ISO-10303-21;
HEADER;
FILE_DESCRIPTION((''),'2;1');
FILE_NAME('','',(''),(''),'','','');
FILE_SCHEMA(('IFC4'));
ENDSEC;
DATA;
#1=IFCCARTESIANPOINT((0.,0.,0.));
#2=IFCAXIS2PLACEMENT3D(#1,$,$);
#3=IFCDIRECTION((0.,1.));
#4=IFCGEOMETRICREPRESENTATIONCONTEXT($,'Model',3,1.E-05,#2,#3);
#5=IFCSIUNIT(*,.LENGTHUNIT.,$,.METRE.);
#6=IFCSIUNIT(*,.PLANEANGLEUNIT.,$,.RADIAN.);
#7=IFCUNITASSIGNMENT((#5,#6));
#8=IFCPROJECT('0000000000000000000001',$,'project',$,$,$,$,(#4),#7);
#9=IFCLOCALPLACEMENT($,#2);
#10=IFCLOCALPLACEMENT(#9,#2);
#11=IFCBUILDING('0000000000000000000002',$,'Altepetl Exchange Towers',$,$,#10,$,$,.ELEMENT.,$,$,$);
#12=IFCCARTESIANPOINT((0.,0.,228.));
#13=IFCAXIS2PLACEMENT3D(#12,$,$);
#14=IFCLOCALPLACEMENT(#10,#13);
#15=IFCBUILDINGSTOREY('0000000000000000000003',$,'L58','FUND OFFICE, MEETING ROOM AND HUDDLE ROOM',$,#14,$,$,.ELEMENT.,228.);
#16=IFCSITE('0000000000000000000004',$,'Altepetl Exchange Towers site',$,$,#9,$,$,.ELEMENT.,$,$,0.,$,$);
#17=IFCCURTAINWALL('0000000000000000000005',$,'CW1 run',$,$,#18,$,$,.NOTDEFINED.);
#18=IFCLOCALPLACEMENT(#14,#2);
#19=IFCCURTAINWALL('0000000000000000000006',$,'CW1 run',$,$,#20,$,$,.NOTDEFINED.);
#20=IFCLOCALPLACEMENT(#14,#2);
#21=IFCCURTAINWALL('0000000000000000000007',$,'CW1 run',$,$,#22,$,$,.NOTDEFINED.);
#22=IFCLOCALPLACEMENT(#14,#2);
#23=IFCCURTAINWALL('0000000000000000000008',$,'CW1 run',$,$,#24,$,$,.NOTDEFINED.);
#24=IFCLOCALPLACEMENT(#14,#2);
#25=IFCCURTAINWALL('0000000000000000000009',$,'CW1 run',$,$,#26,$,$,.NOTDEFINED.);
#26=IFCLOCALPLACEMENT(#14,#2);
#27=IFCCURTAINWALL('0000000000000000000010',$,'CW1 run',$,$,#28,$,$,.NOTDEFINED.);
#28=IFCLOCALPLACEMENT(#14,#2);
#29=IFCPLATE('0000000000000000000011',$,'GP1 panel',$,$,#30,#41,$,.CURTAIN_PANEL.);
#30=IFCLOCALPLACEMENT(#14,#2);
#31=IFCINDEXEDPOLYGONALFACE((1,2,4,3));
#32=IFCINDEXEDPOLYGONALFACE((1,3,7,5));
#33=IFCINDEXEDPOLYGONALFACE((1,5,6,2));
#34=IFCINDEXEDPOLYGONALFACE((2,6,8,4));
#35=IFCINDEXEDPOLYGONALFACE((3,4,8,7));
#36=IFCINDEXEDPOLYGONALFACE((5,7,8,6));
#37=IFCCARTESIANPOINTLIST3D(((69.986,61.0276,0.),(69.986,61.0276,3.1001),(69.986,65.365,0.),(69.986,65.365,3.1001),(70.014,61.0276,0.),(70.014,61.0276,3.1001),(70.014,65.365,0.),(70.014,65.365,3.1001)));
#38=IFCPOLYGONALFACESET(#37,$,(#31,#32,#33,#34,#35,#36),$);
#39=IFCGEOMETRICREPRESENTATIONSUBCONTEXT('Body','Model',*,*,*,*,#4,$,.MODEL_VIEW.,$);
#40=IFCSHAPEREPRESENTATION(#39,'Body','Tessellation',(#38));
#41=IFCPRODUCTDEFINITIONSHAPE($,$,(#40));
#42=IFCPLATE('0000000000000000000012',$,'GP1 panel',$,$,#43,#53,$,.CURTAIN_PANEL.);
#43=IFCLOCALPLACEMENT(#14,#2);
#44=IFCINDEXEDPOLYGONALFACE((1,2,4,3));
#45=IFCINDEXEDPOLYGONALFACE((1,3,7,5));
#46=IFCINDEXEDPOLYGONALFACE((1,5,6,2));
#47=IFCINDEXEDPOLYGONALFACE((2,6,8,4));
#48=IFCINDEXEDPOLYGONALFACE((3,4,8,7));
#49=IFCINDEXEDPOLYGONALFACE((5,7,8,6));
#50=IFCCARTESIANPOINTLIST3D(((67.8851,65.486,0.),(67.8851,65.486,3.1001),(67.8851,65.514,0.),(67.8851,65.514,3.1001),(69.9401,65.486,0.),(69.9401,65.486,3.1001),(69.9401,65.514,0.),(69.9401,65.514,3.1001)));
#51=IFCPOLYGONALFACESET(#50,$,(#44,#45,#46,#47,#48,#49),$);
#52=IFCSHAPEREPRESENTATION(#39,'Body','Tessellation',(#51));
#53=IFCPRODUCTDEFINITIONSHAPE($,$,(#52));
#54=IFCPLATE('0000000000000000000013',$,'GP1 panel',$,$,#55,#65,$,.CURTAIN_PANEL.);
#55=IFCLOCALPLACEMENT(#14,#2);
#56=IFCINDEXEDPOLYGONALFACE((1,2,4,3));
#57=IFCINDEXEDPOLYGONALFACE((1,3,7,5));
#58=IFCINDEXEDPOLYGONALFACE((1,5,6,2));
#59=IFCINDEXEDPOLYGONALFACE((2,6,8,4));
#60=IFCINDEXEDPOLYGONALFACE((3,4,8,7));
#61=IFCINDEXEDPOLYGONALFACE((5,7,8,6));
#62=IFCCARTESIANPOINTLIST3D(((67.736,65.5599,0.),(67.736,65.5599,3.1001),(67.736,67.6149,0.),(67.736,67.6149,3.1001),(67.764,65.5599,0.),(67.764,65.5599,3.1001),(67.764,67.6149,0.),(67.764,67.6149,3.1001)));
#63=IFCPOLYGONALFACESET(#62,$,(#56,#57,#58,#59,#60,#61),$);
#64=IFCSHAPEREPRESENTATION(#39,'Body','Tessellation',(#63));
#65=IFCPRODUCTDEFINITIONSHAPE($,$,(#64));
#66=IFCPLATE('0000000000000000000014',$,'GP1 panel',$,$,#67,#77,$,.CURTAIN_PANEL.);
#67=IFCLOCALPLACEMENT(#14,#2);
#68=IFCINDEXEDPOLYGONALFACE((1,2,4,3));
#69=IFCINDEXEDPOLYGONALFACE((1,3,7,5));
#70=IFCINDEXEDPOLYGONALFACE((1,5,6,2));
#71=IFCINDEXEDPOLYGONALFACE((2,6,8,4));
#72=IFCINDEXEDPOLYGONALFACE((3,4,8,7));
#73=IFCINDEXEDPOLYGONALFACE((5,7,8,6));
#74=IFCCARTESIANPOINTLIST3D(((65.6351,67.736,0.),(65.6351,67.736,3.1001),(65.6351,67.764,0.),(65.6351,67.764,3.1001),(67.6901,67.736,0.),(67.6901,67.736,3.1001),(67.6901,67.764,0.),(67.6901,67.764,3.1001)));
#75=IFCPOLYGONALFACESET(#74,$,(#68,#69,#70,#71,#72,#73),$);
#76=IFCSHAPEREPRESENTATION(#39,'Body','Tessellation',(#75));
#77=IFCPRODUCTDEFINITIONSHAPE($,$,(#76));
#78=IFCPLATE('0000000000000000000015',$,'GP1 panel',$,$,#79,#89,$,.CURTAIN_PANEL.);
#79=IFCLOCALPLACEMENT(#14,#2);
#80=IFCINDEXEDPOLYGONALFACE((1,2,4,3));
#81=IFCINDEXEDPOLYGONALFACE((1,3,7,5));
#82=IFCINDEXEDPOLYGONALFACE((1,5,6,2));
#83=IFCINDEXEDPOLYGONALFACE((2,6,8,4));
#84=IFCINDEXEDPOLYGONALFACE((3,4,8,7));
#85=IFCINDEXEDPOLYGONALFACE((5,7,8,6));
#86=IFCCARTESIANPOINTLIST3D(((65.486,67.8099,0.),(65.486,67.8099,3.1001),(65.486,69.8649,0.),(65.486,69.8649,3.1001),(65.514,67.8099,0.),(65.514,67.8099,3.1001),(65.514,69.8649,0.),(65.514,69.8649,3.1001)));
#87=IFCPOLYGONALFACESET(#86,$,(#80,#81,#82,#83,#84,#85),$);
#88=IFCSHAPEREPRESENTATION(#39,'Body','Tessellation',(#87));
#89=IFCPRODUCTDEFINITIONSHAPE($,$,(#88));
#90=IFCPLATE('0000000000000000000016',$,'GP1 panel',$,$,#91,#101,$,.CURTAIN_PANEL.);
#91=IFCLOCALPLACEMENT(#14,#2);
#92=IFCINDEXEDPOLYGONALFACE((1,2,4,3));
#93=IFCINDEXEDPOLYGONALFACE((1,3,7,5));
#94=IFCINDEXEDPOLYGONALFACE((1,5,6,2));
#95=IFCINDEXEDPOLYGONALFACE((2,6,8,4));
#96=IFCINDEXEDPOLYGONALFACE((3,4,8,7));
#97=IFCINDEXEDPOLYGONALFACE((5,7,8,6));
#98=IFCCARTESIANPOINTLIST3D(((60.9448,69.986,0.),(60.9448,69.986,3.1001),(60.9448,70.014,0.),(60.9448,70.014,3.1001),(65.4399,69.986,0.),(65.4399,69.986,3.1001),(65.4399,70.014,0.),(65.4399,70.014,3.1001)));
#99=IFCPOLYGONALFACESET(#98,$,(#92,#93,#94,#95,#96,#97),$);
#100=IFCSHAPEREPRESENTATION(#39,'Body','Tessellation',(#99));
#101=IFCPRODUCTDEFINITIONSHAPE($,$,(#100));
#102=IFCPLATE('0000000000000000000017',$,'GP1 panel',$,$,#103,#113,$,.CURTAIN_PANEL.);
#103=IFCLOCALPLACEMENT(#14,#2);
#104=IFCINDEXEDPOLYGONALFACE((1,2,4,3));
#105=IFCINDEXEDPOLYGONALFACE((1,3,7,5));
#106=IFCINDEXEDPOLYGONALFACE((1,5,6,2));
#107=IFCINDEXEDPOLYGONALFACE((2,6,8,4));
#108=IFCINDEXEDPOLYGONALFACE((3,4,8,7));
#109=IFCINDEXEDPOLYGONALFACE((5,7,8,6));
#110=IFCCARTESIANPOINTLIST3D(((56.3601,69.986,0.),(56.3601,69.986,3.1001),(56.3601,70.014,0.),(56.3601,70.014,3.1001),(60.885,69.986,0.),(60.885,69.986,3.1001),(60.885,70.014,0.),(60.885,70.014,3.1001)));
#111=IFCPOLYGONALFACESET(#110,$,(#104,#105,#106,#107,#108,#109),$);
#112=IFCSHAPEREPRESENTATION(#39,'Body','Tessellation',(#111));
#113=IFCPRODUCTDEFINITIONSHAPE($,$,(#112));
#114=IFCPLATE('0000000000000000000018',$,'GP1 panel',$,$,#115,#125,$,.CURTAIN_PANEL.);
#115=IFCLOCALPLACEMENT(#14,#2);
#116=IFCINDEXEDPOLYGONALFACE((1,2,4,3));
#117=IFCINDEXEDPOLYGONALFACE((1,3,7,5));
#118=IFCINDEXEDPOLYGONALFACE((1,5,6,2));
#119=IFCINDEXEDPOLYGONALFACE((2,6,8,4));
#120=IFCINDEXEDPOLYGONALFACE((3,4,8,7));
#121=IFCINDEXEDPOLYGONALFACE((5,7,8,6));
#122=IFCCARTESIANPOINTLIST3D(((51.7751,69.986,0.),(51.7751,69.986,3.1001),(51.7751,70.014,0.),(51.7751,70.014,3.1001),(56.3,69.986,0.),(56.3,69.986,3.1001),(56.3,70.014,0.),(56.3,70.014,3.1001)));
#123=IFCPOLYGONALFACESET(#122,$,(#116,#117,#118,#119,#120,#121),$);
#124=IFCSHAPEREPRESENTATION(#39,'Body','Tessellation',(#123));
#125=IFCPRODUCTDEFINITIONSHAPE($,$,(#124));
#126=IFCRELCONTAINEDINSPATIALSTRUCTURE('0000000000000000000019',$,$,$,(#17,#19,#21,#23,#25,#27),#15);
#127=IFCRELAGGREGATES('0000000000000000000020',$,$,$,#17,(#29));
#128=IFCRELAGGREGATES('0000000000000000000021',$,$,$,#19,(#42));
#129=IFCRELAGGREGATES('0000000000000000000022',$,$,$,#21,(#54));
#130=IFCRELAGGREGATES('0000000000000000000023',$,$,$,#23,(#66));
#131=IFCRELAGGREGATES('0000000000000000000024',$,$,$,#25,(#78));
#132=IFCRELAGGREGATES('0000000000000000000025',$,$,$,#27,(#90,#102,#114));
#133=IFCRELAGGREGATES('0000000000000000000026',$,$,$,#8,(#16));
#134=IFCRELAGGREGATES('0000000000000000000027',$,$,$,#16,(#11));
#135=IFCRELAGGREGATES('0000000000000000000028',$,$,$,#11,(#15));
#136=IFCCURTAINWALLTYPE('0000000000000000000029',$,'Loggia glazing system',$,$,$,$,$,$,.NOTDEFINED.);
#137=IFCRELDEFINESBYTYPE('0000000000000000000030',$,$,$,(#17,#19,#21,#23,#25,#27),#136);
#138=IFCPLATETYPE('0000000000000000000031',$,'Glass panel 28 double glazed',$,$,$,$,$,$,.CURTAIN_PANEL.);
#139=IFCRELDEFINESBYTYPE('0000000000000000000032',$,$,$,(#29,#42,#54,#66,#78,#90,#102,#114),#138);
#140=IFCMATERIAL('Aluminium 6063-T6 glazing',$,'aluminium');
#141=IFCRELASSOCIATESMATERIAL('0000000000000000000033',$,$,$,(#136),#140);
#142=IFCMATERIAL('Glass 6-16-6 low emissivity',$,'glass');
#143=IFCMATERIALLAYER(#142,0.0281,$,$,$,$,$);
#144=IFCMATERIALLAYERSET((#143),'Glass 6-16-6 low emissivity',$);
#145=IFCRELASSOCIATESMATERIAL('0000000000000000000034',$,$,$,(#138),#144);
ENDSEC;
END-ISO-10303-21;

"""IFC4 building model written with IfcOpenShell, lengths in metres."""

from ifc_helpers import new_model, si_unit, direction, frame, origin, origin_2d, place, context, subcontext, project, spatial, rectangle, extrude, material, layer, layer_set, type_object, element, aggregate, save


model = new_model("IFC4")

# Units and contexts
model_context = context("Model", 3, precision=1e-05, world=origin(), true_north=direction((0.0, 1.0)))
body_context = subcontext(model_context, "Body", "Model", "MODEL_VIEW")
ifc_project = project(units=[si_unit("LENGTHUNIT", "METRE"), si_unit("PLANEANGLEUNIT", "RADIAN")], contexts=[model_context])

# Site, building, storey
site_placement = place(None, origin())
site = spatial("IfcSite", under=ifc_project, at=site_placement, Name="Altepetl Exchange Towers site", CompositionType="ELEMENT", RefElevation=0.0)
building_placement = place(site_placement, origin())
building = spatial("IfcBuilding", under=site, at=building_placement, Name="Altepetl Exchange Towers", CompositionType="ELEMENT")
storey_placement = place(building_placement, frame((0.0, 0.0, 228.0)))
storey = spatial("IfcBuildingStorey", under=building, at=storey_placement, Name="L58", Description="FUND OFFICE, MEETING ROOM AND HUDDLE ROOM", CompositionType="ELEMENT", Elevation=228.0)

# Curtain wall
ifc_material_1 = material(Name="Aluminium 6063-T6 glazing", Category="aluminium")
curtain_wall_type = type_object("IfcCurtainWallType", Name="Loggia glazing system", PredefinedType="NOTDEFINED", material=ifc_material_1)
curtain_wall_1_placement = place(storey_placement, origin())
curtain_wall_1 = element("IfcCurtainWall", 1, at=curtain_wall_1_placement, inside=storey, type_object=curtain_wall_type, Name="CW1 run", PredefinedType="NOTDEFINED")

# Curtain walls
curtain_wall_2_placement = place(storey_placement, origin())
curtain_wall_2 = element("IfcCurtainWall", 2, at=curtain_wall_2_placement, inside=storey, type_object=curtain_wall_type, Name="CW1 run", PredefinedType="NOTDEFINED")
curtain_wall_3_placement = place(storey_placement, origin())
curtain_wall_3 = element("IfcCurtainWall", 3, at=curtain_wall_3_placement, inside=storey, type_object=curtain_wall_type, Name="CW1 run", PredefinedType="NOTDEFINED")
curtain_wall_4_placement = place(storey_placement, origin())
curtain_wall_4 = element("IfcCurtainWall", 4, at=curtain_wall_4_placement, inside=storey, type_object=curtain_wall_type, Name="CW1 run", PredefinedType="NOTDEFINED")
curtain_wall_5_placement = place(storey_placement, origin())
curtain_wall_5 = element("IfcCurtainWall", 5, at=curtain_wall_5_placement, inside=storey, type_object=curtain_wall_type, Name="CW1 run", PredefinedType="NOTDEFINED")
curtain_wall_6_placement = place(storey_placement, origin())
curtain_wall_6 = element("IfcCurtainWall", 6, at=curtain_wall_6_placement, inside=storey, type_object=curtain_wall_type, Name="CW1 run", PredefinedType="NOTDEFINED")

# Plates
ifc_material_2 = material(Name="Glass 6-16-6 low emissivity", Category="glass")
ifc_layer = layer(ifc_material_2, 0.0281)
ifc_layer_set = layer_set([ifc_layer], Name="Glass 6-16-6 low emissivity")
plate_type = type_object("IfcPlateType", Name="Glass panel 28 double glazed", PredefinedType="CURTAIN_PANEL", material=ifc_layer_set)
plate_1_placement = place(storey_placement, frame((70.0, 63.1963, 0.0), z_axis=(0.0, 0.0, 1.0), x_axis=(0.0, 1.0, 0.0)))
plate_1 = element("IfcPlate", 7, at=plate_1_placement, type_object=plate_type, Name="GP1 panel", PredefinedType="CURTAIN_PANEL", context=body_context, shape_type="SweptSolid", body=[
    extrude(rectangle(XDim=4.3374, YDim=0.0281, at=origin_2d()), origin(), (0.0, 0.0, 1.0), 3.1001),
])
aggregate(curtain_wall_1, [plate_1])
plate_2_placement = place(storey_placement, frame((68.9126, 65.5, 0.0), z_axis=(0.0, 0.0, 1.0), x_axis=(-1.0, 0.0, 0.0)))
plate_2 = element("IfcPlate", 8, at=plate_2_placement, type_object=plate_type, Name="GP1 panel", PredefinedType="CURTAIN_PANEL", context=body_context, shape_type="SweptSolid", body=[
    extrude(rectangle(XDim=2.0549, YDim=0.0281, at=origin_2d()), origin(), (0.0, 0.0, 1.0), 3.1001),
])
aggregate(curtain_wall_2, [plate_2])
plate_3_placement = place(storey_placement, frame((67.75, 66.5874, 0.0), z_axis=(0.0, 0.0, 1.0), x_axis=(0.0, 1.0, 0.0)))
plate_3 = element("IfcPlate", 9, at=plate_3_placement, type_object=plate_type, Name="GP1 panel", PredefinedType="CURTAIN_PANEL", context=body_context, shape_type="SweptSolid", body=[
    extrude(rectangle(XDim=2.0549, YDim=0.0281, at=origin_2d()), origin(), (0.0, 0.0, 1.0), 3.1001),
])
aggregate(curtain_wall_3, [plate_3])
plate_4_placement = place(storey_placement, frame((66.6626, 67.75, 0.0), z_axis=(0.0, 0.0, 1.0), x_axis=(-1.0, 0.0, 0.0)))
plate_4 = element("IfcPlate", 10, at=plate_4_placement, type_object=plate_type, Name="GP1 panel", PredefinedType="CURTAIN_PANEL", context=body_context, shape_type="SweptSolid", body=[
    extrude(rectangle(XDim=2.0549, YDim=0.0281, at=origin_2d()), origin(), (0.0, 0.0, 1.0), 3.1001),
])
aggregate(curtain_wall_4, [plate_4])
plate_5_placement = place(storey_placement, frame((65.5, 68.8374, 0.0), z_axis=(0.0, 0.0, 1.0), x_axis=(0.0, 1.0, 0.0)))
plate_5 = element("IfcPlate", 11, at=plate_5_placement, type_object=plate_type, Name="GP1 panel", PredefinedType="CURTAIN_PANEL", context=body_context, shape_type="SweptSolid", body=[
    extrude(rectangle(XDim=2.0549, YDim=0.0281, at=origin_2d()), origin(), (0.0, 0.0, 1.0), 3.1001),
])
aggregate(curtain_wall_5, [plate_5])
plate_6_placement = place(storey_placement, frame((63.1924, 70.0, 0.0), z_axis=(0.0, 0.0, 1.0), x_axis=(-1.0, 0.0, 0.0)))
plate_6 = element("IfcPlate", 12, at=plate_6_placement, type_object=plate_type, Name="GP1 panel", PredefinedType="CURTAIN_PANEL", context=body_context, shape_type="SweptSolid", body=[
    extrude(rectangle(XDim=4.4951, YDim=0.0281, at=origin_2d()), origin(), (0.0, 0.0, 1.0), 3.1001),
])
plate_7_placement = place(storey_placement, frame((58.6226, 70.0, 0.0), z_axis=(0.0, 0.0, 1.0), x_axis=(-1.0, 0.0, 0.0)))
plate_7 = element("IfcPlate", 13, at=plate_7_placement, type_object=plate_type, Name="GP1 panel", PredefinedType="CURTAIN_PANEL", context=body_context, shape_type="SweptSolid", body=[
    extrude(rectangle(XDim=4.5249, YDim=0.0281, at=origin_2d()), origin(), (0.0, 0.0, 1.0), 3.1001),
])
plate_8_placement = place(storey_placement, frame((54.0376, 70.0, 0.0), z_axis=(0.0, 0.0, 1.0), x_axis=(-1.0, 0.0, 0.0)))
plate_8 = element("IfcPlate", 14, at=plate_8_placement, type_object=plate_type, Name="GP1 panel", PredefinedType="CURTAIN_PANEL", context=body_context, shape_type="SweptSolid", body=[
    extrude(rectangle(XDim=4.5249, YDim=0.0281, at=origin_2d()), origin(), (0.0, 0.0, 1.0), 3.1001),
])
aggregate(curtain_wall_6, [plate_6, plate_7, plate_8])

save(model, "model.ifc")
